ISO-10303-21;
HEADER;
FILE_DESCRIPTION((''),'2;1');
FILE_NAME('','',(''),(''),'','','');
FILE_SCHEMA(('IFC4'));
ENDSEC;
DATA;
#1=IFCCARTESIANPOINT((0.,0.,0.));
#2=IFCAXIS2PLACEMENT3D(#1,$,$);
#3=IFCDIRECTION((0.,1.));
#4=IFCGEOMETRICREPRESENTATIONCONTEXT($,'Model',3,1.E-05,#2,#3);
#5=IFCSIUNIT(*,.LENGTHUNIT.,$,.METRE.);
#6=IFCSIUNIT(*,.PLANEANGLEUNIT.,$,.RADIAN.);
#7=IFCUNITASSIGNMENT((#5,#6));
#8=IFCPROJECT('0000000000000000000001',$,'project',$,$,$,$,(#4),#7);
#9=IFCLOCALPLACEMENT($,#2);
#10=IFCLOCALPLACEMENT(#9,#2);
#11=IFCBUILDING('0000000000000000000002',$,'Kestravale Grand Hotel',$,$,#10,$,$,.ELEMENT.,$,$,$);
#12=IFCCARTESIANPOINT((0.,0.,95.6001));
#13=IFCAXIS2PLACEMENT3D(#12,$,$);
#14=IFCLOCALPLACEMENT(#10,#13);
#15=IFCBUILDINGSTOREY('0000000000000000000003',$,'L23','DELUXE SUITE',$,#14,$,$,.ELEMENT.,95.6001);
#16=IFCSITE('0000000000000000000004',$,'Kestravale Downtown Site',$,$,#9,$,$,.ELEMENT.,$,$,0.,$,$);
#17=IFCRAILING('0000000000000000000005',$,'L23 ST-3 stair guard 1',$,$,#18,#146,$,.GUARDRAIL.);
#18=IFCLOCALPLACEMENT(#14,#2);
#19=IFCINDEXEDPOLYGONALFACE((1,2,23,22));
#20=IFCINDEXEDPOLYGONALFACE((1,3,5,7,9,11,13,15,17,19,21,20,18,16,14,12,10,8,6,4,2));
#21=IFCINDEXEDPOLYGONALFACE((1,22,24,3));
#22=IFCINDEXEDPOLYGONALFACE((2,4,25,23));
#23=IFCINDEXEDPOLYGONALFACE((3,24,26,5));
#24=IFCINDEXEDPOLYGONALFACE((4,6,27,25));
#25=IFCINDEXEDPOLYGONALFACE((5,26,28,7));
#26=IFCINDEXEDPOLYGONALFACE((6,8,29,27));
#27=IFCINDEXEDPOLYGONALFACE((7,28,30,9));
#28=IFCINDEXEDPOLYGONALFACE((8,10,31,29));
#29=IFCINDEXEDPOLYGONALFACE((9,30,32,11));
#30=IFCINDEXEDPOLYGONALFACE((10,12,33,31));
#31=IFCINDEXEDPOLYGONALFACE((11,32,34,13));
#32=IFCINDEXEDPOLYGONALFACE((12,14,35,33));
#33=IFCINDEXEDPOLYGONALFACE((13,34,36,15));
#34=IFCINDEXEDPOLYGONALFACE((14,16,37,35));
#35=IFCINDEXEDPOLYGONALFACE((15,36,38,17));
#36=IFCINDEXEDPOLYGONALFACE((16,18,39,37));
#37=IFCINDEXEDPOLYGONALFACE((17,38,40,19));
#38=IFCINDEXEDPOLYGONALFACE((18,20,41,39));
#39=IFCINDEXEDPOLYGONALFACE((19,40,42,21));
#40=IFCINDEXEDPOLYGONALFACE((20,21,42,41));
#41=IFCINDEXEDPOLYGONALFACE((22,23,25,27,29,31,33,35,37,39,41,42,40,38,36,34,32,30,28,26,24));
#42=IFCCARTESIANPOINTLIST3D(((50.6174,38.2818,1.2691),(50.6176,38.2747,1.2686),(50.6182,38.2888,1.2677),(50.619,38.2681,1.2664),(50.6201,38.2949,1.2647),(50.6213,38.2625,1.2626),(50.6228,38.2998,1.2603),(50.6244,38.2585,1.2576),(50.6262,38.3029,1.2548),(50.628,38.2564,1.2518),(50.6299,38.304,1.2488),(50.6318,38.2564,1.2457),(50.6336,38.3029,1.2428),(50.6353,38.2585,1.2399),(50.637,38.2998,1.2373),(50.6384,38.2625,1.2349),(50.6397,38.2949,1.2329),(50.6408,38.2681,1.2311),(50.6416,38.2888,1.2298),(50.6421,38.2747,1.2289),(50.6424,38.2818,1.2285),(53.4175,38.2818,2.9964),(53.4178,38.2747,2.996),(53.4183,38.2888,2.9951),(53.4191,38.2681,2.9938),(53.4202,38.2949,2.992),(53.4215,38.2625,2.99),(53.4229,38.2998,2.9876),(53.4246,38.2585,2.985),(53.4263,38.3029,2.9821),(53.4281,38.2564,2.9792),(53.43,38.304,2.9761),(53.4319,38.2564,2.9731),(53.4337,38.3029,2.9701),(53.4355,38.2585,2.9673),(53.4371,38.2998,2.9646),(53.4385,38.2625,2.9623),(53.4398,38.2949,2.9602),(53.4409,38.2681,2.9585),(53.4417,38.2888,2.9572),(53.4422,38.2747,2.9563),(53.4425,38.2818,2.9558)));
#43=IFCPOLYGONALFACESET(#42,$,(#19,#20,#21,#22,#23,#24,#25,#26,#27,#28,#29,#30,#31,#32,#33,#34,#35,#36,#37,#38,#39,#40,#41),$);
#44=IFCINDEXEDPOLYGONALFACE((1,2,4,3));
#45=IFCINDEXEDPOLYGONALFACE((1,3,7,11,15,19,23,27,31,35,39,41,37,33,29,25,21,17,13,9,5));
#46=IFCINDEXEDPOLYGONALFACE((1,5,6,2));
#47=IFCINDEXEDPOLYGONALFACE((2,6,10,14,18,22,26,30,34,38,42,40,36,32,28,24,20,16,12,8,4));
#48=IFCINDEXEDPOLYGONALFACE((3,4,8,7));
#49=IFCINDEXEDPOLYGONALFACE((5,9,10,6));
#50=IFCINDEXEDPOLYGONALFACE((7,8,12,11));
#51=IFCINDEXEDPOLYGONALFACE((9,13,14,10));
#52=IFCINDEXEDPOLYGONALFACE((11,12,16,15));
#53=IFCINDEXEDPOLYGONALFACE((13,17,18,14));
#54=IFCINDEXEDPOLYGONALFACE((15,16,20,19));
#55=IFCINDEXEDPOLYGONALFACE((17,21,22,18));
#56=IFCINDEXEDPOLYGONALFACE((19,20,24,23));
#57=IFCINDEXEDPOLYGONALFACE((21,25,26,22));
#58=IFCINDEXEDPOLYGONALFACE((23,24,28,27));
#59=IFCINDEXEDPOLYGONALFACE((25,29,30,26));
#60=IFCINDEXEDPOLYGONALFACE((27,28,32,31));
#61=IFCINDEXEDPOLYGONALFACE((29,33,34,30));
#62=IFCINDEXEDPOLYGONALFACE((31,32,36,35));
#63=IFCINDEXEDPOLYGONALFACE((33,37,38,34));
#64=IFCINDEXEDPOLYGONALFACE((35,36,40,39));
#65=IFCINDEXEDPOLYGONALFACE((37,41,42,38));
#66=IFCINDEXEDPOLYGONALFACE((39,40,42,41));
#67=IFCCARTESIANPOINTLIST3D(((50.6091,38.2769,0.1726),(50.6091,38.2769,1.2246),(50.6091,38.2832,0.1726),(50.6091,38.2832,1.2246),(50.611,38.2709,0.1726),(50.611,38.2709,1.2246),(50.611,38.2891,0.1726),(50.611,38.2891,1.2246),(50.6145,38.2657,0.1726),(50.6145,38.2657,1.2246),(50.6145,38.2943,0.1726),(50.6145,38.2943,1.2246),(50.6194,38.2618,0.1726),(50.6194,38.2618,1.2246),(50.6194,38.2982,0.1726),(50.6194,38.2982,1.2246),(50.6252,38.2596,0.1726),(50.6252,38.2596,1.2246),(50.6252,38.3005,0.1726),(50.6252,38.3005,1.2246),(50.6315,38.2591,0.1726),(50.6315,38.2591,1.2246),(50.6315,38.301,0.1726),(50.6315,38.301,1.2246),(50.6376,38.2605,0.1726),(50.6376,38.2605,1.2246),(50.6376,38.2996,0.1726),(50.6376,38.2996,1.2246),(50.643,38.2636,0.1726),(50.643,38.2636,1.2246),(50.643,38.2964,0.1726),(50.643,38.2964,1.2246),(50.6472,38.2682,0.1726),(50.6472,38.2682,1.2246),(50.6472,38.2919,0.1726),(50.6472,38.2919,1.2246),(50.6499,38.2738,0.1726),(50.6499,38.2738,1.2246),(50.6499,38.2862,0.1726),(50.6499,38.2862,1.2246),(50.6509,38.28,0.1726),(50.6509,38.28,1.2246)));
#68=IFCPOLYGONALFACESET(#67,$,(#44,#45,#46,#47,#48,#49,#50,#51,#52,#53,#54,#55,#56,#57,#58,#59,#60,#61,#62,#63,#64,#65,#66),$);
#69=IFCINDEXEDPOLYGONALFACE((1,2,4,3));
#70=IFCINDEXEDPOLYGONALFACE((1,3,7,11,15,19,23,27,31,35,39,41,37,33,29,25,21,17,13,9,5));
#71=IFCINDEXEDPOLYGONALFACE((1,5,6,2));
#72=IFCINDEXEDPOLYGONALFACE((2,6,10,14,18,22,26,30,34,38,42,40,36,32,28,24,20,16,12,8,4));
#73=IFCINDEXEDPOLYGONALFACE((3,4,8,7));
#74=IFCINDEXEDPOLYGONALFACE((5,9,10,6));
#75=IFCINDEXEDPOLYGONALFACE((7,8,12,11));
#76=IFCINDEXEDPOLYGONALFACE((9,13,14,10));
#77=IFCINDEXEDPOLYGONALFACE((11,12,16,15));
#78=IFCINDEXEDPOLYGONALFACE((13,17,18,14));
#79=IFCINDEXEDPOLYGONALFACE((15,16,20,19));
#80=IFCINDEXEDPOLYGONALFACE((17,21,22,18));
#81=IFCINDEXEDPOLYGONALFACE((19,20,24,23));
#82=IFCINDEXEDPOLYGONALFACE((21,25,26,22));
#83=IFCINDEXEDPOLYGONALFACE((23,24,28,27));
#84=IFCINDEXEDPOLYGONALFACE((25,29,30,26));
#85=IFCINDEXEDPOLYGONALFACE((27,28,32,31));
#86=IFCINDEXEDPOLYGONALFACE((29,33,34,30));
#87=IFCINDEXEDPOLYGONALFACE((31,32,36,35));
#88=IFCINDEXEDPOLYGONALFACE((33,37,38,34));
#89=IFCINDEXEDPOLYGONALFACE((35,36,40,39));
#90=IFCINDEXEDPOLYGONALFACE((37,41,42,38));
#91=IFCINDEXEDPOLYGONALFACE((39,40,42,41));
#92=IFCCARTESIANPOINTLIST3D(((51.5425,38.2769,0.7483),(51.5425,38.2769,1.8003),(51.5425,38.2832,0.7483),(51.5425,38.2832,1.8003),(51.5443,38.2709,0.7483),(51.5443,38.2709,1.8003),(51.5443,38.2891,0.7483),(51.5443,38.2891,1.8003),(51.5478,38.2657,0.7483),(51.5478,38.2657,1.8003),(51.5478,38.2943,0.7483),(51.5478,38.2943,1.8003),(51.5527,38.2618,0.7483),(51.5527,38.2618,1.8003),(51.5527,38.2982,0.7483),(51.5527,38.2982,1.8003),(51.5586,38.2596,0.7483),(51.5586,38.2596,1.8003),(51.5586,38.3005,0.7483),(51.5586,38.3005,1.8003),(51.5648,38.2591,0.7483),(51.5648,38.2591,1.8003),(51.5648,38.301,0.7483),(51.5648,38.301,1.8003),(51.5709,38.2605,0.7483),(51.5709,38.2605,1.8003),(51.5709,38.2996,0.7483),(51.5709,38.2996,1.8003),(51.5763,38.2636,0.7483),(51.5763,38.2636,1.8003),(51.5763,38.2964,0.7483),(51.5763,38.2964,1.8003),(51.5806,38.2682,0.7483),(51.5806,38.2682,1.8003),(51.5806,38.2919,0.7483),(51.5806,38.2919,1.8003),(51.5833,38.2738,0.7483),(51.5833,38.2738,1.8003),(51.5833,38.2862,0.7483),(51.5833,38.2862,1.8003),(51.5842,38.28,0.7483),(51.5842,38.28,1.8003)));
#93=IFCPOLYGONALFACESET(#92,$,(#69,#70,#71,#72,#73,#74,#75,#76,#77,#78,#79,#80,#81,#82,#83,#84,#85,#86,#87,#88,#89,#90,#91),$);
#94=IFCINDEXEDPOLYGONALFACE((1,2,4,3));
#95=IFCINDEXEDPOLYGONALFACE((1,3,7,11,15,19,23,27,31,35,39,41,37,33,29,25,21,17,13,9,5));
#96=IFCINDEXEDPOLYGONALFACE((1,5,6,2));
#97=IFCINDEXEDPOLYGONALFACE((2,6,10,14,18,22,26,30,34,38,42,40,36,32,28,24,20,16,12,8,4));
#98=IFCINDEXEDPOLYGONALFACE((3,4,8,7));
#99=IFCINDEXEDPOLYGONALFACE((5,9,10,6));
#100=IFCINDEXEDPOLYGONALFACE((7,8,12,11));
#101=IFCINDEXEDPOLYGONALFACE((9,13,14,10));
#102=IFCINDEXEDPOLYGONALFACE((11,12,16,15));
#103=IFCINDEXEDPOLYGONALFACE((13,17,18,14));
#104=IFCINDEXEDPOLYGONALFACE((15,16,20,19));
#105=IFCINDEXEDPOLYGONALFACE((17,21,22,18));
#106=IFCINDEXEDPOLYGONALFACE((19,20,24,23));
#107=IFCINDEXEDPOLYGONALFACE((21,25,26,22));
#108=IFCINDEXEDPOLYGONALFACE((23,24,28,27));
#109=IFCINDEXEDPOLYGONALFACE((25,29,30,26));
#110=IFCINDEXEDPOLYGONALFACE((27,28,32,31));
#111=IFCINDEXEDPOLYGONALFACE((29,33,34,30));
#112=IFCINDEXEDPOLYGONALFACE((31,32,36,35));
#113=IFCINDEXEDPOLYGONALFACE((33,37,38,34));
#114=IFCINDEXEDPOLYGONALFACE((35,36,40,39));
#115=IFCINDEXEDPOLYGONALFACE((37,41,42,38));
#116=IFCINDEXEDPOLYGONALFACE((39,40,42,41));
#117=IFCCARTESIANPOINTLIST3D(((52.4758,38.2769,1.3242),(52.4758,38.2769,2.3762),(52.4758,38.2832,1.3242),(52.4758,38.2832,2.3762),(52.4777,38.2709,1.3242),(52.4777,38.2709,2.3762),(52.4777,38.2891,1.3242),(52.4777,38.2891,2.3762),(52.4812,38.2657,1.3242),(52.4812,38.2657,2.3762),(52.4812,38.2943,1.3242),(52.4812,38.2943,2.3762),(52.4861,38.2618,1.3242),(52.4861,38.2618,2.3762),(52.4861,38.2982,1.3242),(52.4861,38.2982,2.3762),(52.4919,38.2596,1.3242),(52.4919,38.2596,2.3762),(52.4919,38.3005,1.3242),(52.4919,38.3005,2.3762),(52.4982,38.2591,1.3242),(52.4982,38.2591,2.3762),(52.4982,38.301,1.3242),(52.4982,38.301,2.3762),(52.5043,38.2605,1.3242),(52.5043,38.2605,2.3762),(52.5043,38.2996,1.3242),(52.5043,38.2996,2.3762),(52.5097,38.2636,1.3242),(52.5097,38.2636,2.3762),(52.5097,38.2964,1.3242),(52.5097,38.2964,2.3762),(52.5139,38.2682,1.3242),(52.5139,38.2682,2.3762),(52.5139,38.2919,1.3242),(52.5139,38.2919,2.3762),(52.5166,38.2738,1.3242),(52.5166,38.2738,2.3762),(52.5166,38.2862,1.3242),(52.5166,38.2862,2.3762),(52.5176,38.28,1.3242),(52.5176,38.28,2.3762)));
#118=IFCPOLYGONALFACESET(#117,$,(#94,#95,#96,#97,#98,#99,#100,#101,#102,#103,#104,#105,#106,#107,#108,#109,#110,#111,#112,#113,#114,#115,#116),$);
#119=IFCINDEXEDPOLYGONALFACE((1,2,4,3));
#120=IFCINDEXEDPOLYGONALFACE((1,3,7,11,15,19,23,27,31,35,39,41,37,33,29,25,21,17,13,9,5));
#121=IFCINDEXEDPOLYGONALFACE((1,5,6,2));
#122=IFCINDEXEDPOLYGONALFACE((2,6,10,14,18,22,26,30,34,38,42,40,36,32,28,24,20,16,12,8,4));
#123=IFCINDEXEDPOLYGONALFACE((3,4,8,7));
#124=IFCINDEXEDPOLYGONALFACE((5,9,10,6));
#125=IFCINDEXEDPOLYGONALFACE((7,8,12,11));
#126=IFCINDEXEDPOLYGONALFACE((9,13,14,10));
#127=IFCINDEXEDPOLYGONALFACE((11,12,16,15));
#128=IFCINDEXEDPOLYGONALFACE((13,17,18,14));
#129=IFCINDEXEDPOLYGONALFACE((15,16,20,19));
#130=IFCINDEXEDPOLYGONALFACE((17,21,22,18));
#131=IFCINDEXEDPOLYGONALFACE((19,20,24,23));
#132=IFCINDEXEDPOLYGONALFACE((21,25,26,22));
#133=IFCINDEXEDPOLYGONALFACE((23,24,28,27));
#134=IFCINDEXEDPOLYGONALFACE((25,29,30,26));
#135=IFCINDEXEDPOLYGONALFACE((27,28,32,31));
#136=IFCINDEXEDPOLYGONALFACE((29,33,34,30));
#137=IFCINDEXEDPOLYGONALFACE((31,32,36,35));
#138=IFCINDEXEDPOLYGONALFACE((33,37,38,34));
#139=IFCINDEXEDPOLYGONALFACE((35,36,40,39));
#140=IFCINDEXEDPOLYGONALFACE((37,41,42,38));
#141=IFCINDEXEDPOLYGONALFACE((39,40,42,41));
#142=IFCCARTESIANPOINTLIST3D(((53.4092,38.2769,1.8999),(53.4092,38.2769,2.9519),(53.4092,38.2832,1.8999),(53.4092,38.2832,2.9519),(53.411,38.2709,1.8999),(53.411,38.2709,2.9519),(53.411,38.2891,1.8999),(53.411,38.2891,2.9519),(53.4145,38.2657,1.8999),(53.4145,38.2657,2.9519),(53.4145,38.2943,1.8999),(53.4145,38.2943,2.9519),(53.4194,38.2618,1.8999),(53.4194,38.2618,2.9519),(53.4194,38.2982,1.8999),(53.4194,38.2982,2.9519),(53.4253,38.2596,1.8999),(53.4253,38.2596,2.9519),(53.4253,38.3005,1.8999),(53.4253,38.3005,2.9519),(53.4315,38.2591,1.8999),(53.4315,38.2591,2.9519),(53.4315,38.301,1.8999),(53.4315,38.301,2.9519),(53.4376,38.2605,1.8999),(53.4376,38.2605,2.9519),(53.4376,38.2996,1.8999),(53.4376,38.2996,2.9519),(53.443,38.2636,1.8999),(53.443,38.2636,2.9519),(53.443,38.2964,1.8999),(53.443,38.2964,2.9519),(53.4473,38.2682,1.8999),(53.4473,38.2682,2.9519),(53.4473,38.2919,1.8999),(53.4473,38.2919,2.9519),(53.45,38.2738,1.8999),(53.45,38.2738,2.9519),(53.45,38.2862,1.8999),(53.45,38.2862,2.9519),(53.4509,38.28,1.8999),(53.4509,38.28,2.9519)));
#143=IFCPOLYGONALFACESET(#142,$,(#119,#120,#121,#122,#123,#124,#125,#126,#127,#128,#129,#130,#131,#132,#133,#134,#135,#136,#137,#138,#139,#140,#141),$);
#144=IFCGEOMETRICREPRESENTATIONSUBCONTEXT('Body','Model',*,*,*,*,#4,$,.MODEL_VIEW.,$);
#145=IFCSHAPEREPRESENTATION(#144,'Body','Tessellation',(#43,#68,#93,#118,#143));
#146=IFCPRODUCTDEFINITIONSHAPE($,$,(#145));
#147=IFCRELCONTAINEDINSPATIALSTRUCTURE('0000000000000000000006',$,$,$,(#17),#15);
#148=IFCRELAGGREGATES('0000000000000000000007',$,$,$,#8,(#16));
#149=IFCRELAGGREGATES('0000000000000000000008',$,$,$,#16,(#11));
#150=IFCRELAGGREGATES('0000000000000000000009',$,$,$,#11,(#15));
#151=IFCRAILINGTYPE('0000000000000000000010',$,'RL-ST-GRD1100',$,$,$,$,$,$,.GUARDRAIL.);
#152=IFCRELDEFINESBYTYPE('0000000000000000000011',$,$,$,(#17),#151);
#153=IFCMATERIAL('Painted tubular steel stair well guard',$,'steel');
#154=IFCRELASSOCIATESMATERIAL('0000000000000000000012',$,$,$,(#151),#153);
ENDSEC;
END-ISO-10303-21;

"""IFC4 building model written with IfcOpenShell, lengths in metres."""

from ifc_helpers import new_model, si_unit, direction, frame, origin, origin_2d, place, context, subcontext, project, spatial, circle, extrude, material, type_object, element, save


model = new_model("IFC4")

# Units and contexts
model_context = context("Model", 3, precision=1e-05, world=origin(), true_north=direction((0.0, 1.0)))
body_context = subcontext(model_context, "Body", "Model", "MODEL_VIEW")
ifc_project = project(units=[si_unit("LENGTHUNIT", "METRE"), si_unit("PLANEANGLEUNIT", "RADIAN")], contexts=[model_context])

# Site, building, storey
site_placement = place(None, origin())
site = spatial("IfcSite", under=ifc_project, at=site_placement, Name="Kestravale Downtown Site", CompositionType="ELEMENT", RefElevation=0.0)
building_placement = place(site_placement, origin())
building = spatial("IfcBuilding", under=site, at=building_placement, Name="Kestravale Grand Hotel", CompositionType="ELEMENT")
storey_placement = place(building_placement, frame((0.0, 0.0, 95.6001)))
storey = spatial("IfcBuildingStorey", under=building, at=storey_placement, Name="L23", Description="DELUXE SUITE", CompositionType="ELEMENT", Elevation=95.6001)

# Railing
ifc_material_1 = material(Name="Painted tubular steel stair well guard", Category="steel")
railing_type_1 = type_object("IfcRailingType", Name="RL-ST-GRD1100", PredefinedType="GUARDRAIL", material=ifc_material_1)
railing_1_placement = place(storey_placement, frame((50.6299, 38.28, 0.1726)))
element("IfcRailing", 1, at=railing_1_placement, inside=storey, type_object=railing_type_1, Name="L23 ST-3 stair guard 1", PredefinedType="GUARDRAIL", context=body_context, shape_type="SweptSolid", body=[
    extrude(circle(Radius=0.0239, at=origin_2d()), frame((0.0, 0.0, 1.0762), z_axis=(0.85109, 0.0, 0.52502), x_axis=(0.0, 1.0, 0.0)), (0.0, 0.0, 1.0), 3.29),
    extrude(circle(Radius=0.021, at=origin_2d()), origin(), (0.0, 0.0, 1.0), 1.052),
    extrude(circle(Radius=0.021, at=origin_2d()), frame((0.9333, 0.0, 0.5757)), (0.0, 0.0, 1.0), 1.052),
    extrude(circle(Radius=0.021, at=origin_2d()), frame((1.8667, 0.0, 1.1516)), (0.0, 0.0, 1.0), 1.052),
    extrude(circle(Radius=0.021, at=origin_2d()), frame((2.8, 0.0, 1.7273)), (0.0, 0.0, 1.0), 1.052),
])

save(model, "model.ifc")
